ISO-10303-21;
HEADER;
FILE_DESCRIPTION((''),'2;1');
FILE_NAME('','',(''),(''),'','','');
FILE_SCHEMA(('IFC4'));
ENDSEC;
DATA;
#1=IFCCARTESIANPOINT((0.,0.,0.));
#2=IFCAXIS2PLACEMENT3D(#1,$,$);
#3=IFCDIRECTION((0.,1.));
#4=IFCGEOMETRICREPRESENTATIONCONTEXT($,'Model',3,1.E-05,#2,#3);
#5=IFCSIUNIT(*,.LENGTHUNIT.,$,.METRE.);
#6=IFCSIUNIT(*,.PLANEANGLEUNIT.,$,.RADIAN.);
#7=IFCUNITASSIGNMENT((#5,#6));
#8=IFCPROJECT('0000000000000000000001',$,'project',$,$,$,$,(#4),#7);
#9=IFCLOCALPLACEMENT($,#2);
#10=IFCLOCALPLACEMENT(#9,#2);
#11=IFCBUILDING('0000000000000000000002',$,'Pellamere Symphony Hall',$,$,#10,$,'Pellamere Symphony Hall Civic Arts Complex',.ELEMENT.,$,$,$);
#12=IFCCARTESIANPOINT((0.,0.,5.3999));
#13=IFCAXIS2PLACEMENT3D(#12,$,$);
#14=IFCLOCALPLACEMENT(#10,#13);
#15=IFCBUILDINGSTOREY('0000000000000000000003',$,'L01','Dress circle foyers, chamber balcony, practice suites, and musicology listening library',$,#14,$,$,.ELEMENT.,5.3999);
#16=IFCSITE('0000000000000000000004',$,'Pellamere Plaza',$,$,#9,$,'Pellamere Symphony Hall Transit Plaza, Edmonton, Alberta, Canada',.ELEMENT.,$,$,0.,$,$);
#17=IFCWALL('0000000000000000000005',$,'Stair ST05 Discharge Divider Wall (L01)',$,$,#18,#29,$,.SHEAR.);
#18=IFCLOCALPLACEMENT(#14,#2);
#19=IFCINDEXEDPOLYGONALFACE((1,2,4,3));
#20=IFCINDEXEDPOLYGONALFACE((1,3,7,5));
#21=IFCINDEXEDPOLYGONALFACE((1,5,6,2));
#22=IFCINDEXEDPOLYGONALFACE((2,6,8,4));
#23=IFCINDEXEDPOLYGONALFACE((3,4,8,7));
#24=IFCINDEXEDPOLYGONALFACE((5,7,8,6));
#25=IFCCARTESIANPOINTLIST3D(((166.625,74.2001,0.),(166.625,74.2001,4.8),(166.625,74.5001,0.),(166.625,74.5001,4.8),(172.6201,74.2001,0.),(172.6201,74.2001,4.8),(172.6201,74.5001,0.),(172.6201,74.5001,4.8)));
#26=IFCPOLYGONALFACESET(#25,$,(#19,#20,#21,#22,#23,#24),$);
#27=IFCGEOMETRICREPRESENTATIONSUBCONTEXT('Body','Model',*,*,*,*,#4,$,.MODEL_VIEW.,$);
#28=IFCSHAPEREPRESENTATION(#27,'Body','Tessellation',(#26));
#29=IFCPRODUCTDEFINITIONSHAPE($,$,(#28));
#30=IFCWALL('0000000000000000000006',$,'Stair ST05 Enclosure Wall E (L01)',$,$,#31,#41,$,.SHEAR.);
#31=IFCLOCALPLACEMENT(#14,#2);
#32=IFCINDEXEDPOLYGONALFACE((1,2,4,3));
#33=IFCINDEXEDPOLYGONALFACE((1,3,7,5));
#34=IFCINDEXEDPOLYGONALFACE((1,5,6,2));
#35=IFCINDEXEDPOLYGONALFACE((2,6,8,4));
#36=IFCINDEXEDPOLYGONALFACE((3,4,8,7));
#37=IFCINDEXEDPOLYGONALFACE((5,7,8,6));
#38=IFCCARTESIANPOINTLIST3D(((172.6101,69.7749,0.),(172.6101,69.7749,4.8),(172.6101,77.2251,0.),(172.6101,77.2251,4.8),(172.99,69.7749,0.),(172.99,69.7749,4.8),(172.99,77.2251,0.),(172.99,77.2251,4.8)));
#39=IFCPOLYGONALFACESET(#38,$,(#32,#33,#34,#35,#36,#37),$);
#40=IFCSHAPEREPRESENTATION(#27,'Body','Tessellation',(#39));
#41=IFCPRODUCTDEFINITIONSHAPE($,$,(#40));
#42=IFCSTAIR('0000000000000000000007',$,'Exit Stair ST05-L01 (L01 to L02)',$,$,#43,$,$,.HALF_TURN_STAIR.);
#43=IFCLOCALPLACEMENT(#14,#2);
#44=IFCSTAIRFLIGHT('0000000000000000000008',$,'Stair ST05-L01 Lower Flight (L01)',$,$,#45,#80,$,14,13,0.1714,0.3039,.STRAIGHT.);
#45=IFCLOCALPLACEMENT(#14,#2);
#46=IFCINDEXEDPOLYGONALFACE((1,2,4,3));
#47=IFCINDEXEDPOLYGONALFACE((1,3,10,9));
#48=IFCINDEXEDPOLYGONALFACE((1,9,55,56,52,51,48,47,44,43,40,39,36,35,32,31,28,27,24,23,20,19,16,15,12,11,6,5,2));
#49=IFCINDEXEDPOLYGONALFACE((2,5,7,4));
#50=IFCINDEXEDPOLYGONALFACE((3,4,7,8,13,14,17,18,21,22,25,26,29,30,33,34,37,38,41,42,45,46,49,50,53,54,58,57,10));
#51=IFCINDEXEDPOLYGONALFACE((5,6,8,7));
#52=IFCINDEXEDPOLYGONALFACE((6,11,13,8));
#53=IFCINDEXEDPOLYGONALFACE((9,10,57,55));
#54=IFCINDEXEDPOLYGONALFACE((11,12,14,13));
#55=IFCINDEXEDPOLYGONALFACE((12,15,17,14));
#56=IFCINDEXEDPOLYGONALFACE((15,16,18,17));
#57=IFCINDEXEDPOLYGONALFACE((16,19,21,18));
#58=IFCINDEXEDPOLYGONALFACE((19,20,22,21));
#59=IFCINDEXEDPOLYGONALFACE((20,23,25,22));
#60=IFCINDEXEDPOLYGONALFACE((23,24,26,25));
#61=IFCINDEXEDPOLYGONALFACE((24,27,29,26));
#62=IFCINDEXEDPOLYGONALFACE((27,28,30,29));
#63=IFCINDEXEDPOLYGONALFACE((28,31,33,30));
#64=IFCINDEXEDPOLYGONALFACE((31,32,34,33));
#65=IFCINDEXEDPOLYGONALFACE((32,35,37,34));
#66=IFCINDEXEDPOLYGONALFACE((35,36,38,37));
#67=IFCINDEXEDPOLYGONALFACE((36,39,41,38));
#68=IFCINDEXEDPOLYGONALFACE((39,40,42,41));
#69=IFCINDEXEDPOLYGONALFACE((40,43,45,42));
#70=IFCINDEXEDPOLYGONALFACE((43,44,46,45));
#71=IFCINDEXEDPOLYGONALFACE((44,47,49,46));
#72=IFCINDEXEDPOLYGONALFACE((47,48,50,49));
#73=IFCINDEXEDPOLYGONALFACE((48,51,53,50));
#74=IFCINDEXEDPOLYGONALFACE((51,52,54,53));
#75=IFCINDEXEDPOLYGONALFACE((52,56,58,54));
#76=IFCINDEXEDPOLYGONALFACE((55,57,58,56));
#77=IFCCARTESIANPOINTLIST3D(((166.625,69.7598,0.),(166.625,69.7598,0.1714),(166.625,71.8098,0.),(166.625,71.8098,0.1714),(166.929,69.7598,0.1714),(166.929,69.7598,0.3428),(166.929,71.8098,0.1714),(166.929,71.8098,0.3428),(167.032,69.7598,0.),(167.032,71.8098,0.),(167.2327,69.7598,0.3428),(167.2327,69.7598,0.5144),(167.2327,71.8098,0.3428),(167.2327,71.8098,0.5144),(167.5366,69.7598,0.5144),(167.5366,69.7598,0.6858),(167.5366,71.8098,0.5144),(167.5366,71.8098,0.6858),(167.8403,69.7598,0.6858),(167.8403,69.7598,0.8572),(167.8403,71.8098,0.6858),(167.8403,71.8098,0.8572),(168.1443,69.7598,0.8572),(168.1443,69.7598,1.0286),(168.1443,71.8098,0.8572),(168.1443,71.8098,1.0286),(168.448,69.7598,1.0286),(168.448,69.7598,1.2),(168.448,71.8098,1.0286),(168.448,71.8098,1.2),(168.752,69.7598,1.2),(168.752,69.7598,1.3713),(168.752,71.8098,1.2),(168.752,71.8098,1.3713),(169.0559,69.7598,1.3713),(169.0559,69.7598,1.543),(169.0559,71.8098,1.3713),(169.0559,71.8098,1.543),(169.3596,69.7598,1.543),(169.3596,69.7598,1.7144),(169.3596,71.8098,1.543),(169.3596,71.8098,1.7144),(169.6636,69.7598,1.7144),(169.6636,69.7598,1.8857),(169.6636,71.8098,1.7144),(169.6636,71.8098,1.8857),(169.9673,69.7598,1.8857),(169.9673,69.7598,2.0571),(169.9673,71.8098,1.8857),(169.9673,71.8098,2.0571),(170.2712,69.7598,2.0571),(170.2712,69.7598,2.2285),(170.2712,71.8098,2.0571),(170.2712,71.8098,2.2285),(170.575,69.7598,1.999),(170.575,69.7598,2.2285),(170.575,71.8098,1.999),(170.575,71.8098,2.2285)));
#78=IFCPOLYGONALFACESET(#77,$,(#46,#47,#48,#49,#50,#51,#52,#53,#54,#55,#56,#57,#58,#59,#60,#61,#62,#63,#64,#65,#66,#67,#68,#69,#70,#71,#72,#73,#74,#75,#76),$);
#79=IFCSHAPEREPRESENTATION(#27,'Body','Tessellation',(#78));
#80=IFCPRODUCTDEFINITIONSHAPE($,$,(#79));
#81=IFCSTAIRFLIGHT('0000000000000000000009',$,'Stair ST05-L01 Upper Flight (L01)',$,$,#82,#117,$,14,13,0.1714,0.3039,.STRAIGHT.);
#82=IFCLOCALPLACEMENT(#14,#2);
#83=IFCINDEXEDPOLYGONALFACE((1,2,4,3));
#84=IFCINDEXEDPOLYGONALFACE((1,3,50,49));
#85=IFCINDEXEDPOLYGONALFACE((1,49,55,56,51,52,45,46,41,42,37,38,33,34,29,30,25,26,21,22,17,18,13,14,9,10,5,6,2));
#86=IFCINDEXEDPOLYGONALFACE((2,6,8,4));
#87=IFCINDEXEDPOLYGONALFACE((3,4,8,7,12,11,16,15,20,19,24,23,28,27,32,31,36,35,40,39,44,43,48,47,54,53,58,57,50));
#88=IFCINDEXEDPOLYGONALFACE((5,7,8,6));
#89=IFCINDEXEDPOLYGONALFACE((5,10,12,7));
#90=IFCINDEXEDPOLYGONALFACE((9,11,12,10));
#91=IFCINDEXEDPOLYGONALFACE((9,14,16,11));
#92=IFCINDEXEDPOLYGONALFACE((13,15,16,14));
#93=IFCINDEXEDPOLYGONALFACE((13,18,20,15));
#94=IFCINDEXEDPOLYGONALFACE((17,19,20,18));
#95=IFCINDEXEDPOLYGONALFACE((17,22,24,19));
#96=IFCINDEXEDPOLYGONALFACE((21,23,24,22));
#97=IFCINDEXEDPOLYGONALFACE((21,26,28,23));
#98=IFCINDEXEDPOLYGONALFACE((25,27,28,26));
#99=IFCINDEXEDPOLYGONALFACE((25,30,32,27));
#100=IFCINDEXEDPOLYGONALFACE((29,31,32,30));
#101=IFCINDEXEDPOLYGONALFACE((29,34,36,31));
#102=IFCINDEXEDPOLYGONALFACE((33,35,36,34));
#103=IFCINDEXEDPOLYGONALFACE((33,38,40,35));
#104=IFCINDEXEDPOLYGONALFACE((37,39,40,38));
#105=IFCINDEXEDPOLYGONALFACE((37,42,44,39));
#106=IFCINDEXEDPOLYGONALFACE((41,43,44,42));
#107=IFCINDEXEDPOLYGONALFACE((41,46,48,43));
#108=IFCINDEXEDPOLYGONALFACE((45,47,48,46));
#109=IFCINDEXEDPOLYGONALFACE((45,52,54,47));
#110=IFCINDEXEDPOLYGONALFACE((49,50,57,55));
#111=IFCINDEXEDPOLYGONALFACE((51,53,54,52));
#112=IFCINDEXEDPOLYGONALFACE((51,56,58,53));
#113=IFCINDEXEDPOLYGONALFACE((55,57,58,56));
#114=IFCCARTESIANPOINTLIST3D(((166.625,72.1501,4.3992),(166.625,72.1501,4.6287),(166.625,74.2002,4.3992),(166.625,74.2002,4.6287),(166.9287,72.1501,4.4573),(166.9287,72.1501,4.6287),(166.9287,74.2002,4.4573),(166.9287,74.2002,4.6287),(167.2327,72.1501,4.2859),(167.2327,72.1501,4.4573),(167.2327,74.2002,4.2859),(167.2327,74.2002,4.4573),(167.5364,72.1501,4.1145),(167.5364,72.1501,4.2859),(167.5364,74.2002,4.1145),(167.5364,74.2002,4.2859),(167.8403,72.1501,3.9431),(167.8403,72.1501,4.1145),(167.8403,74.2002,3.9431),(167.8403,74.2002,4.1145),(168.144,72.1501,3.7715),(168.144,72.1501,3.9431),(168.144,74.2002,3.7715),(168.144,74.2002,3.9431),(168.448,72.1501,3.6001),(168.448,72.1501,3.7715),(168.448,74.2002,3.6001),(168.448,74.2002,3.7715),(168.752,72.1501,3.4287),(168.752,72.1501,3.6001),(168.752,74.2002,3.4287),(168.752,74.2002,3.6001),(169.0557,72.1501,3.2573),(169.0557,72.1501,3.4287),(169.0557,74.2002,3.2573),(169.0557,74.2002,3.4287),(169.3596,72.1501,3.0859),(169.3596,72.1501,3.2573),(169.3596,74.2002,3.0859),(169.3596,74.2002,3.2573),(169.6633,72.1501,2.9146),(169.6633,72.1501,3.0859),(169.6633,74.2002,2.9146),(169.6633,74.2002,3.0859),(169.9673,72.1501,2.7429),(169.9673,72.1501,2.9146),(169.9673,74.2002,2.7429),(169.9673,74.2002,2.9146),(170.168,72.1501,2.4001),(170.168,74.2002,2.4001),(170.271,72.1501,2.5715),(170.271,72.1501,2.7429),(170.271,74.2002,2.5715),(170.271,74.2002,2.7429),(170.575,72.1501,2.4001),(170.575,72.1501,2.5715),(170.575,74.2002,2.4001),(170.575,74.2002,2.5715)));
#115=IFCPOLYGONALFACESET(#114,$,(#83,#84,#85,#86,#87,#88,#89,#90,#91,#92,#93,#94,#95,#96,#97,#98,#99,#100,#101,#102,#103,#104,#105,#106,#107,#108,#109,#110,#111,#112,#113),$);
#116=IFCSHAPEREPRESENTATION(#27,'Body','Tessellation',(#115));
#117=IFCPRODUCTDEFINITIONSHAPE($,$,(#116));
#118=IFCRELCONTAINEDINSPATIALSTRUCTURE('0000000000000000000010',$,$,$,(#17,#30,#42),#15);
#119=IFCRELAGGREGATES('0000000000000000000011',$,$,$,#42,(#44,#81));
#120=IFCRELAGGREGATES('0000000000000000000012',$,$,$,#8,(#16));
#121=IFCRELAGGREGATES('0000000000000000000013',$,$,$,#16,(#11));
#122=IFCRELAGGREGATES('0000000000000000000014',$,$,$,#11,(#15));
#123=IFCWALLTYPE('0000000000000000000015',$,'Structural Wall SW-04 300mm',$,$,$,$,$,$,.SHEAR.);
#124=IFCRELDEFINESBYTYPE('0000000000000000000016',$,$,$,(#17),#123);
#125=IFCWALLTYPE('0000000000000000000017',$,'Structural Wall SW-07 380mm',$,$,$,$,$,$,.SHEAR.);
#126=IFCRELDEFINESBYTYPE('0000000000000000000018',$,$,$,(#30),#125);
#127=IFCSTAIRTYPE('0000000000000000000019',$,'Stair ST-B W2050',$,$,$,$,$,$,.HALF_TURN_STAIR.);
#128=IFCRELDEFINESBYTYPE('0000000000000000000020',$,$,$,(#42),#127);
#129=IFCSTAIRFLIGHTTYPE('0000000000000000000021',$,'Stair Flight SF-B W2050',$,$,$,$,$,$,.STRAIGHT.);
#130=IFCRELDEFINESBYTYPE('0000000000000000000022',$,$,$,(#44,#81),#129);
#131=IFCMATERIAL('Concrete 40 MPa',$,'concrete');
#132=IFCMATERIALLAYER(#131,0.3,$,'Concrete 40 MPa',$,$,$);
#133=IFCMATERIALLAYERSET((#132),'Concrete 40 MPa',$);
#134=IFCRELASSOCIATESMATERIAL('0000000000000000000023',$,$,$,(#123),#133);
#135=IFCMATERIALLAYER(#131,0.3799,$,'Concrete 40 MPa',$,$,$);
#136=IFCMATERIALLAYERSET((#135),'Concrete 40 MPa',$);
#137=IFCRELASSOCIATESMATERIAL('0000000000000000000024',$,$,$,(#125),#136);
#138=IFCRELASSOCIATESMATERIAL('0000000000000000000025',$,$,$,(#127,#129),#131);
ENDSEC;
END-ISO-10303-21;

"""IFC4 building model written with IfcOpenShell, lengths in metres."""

from ifc_helpers import new_model, si_unit, direction, frame, frame_2d, origin, place, context, subcontext, project, spatial, polyline, rectangle, outline, extrude, material, layer, layer_set, type_object, element, aggregate, save


model = new_model("IFC4")

# Units and contexts
model_context = context("Model", 3, precision=1e-05, world=origin(), true_north=direction((0.0, 1.0)))
body_context = subcontext(model_context, "Body", "Model", "MODEL_VIEW")
ifc_project = project(units=[si_unit("LENGTHUNIT", "METRE"), si_unit("PLANEANGLEUNIT", "RADIAN")], contexts=[model_context])

# Site, building, storey
site_placement = place(None, origin())
site = spatial("IfcSite", under=ifc_project, at=site_placement, Name="Pellamere Plaza", LongName="Pellamere Symphony Hall Transit Plaza, Edmonton, Alberta, Canada", CompositionType="ELEMENT", RefElevation=0.0)
building_placement = place(site_placement, origin())
building = spatial("IfcBuilding", under=site, at=building_placement, Name="Pellamere Symphony Hall", LongName="Pellamere Symphony Hall Civic Arts Complex", CompositionType="ELEMENT")
storey_placement = place(building_placement, frame((0.0, 0.0, 5.3999)))
storey = spatial("IfcBuildingStorey", under=building, at=storey_placement, Name="L01", Description="Dress circle foyers, chamber balcony, practice suites, and musicology listening library", CompositionType="ELEMENT", Elevation=5.3999)

# Shared definitions
ifc_material_1 = material(Name="Concrete 40 MPa", Category="concrete")

# Walls
ifc_layer_1 = layer(ifc_material_1, 0.3, Name="Concrete 40 MPa")
ifc_layer_set_1 = layer_set([ifc_layer_1], Name="Concrete 40 MPa")
wall_type_1 = type_object("IfcWallType", Name="Structural Wall SW-04 300mm", PredefinedType="SHEAR", material=ifc_layer_set_1)
wall_1_placement = place(storey_placement, frame((166.625, 74.3501, 0.0), z_axis=(0.0, 0.0, 1.0), x_axis=(1.0, 0.0, 0.0)))
element("IfcWall", 1, at=wall_1_placement, inside=storey, type_object=wall_type_1, Name="Stair ST05 Discharge Divider Wall (L01)", PredefinedType="SHEAR", context=body_context, shape_type="SweptSolid", body=[
    extrude(rectangle(XDim=5.9951, YDim=0.3, at=frame_2d((2.9976, 0.0))), origin(), (0.0, 0.0, 1.0), 4.8),
])
ifc_layer_2 = layer(ifc_material_1, 0.3799, Name="Concrete 40 MPa")
ifc_layer_set_2 = layer_set([ifc_layer_2], Name="Concrete 40 MPa")
wall_type_2 = type_object("IfcWallType", Name="Structural Wall SW-07 380mm", PredefinedType="SHEAR", material=ifc_layer_set_2)
wall_2_placement = place(storey_placement, frame((172.8, 69.7749, 0.0), z_axis=(0.0, 0.0, 1.0), x_axis=(0.0, 1.0, 0.0)))
element("IfcWall", 2, at=wall_2_placement, inside=storey, type_object=wall_type_2, Name="Stair ST05 Enclosure Wall E (L01)", PredefinedType="SHEAR", context=body_context, shape_type="SweptSolid", body=[
    extrude(rectangle(XDim=7.4502, YDim=0.3799, at=frame_2d((3.7251, 0.0))), origin(), (0.0, 0.0, 1.0), 4.8),
])

# Stair, stair flights
stair_type = type_object("IfcStairType", Name="Stair ST-B W2050", PredefinedType="HALF_TURN_STAIR", material=ifc_material_1)
stair_placement = place(storey_placement, origin())
stair = element("IfcStair", 3, at=stair_placement, inside=storey, type_object=stair_type, Name="Exit Stair ST05-L01 (L01 to L02)", PredefinedType="HALF_TURN_STAIR")
stair_flight_type = type_object("IfcStairFlightType", Name="Stair Flight SF-B W2050", PredefinedType="STRAIGHT", material=ifc_material_1)
stair_flight_1_placement = place(storey_placement, frame((166.625, 70.7849, 0.0), z_axis=(0.0, 0.0, 1.0), x_axis=(1.0, 0.0, 0.0)))
stair_flight_1 = element("IfcStairFlight", 4, at=stair_flight_1_placement, type_object=stair_flight_type, Name="Stair ST05-L01 Lower Flight (L01)", NumberOfRisers=14, NumberOfTreads=13, PredefinedType="STRAIGHT", RiserHeight=0.1714, TreadLength=0.3039, context=body_context, shape_type="SweptSolid", body=[
    extrude(outline(polyline([(0.0, 0.0), (0.0, 0.1714), (0.304, 0.1714), (0.304, 0.3428), (0.6077, 0.3428), (0.6077, 0.5144), (0.9116, 0.5144), (0.9116, 0.6858), (1.2153, 0.6858), (1.2153, 0.8572), (1.5193, 0.8572), (1.5193, 1.0286), (1.823, 1.0286), (1.823, 1.2), (2.127, 1.2), (2.127, 1.3713), (2.4309, 1.3713), (2.4309, 1.543), (2.7346, 1.543), (2.7346, 1.7144), (3.0386, 1.7144), (3.0386, 1.8857), (3.3423, 1.8857), (3.3423, 2.0571), (3.6462, 2.0571), (3.6462, 2.2285), (3.95, 2.2285), (3.95, 2.3999), (3.95, 1.999), (0.407, 0.0), (0.0, 0.0)])), frame((0.0, 1.0249, 0.0), z_axis=(0.0, -1.0, 0.0), x_axis=(1.0, 0.0, 0.0)), (0.0, 0.0, 1.0), 2.05),
])
stair_flight_2_placement = place(storey_placement, frame((170.575, 73.175, 2.4001), z_axis=(0.0, 0.0, 1.0), x_axis=(-1.0, 0.0, 0.0)))
stair_flight_2 = element("IfcStairFlight", 5, at=stair_flight_2_placement, type_object=stair_flight_type, Name="Stair ST05-L01 Upper Flight (L01)", NumberOfRisers=14, NumberOfTreads=13, PredefinedType="STRAIGHT", RiserHeight=0.1714, TreadLength=0.3039, context=body_context, shape_type="SweptSolid", body=[
    extrude(outline(polyline([(0.0, 0.0), (0.0, 0.1714), (0.304, 0.1714), (0.304, 0.3428), (0.6077, 0.3428), (0.6077, 0.5144), (0.9116, 0.5144), (0.9116, 0.6858), (1.2153, 0.6858), (1.2153, 0.8572), (1.5193, 0.8572), (1.5193, 1.0286), (1.823, 1.0286), (1.823, 1.2), (2.127, 1.2), (2.127, 1.3713), (2.4309, 1.3713), (2.4309, 1.543), (2.7346, 1.543), (2.7346, 1.7144), (3.0386, 1.7144), (3.0386, 1.8857), (3.3423, 1.8857), (3.3423, 2.0571), (3.6462, 2.0571), (3.6462, 2.2285), (3.95, 2.2285), (3.95, 2.3999), (3.95, 1.999), (0.407, 0.0), (0.0, 0.0)])), frame((0.0, 1.0249, 0.0), z_axis=(0.0, -1.0, 0.0), x_axis=(1.0, 0.0, 0.0)), (0.0, 0.0, 1.0), 2.05),
])
aggregate(stair, [stair_flight_1, stair_flight_2])

save(model, "model.ifc")
